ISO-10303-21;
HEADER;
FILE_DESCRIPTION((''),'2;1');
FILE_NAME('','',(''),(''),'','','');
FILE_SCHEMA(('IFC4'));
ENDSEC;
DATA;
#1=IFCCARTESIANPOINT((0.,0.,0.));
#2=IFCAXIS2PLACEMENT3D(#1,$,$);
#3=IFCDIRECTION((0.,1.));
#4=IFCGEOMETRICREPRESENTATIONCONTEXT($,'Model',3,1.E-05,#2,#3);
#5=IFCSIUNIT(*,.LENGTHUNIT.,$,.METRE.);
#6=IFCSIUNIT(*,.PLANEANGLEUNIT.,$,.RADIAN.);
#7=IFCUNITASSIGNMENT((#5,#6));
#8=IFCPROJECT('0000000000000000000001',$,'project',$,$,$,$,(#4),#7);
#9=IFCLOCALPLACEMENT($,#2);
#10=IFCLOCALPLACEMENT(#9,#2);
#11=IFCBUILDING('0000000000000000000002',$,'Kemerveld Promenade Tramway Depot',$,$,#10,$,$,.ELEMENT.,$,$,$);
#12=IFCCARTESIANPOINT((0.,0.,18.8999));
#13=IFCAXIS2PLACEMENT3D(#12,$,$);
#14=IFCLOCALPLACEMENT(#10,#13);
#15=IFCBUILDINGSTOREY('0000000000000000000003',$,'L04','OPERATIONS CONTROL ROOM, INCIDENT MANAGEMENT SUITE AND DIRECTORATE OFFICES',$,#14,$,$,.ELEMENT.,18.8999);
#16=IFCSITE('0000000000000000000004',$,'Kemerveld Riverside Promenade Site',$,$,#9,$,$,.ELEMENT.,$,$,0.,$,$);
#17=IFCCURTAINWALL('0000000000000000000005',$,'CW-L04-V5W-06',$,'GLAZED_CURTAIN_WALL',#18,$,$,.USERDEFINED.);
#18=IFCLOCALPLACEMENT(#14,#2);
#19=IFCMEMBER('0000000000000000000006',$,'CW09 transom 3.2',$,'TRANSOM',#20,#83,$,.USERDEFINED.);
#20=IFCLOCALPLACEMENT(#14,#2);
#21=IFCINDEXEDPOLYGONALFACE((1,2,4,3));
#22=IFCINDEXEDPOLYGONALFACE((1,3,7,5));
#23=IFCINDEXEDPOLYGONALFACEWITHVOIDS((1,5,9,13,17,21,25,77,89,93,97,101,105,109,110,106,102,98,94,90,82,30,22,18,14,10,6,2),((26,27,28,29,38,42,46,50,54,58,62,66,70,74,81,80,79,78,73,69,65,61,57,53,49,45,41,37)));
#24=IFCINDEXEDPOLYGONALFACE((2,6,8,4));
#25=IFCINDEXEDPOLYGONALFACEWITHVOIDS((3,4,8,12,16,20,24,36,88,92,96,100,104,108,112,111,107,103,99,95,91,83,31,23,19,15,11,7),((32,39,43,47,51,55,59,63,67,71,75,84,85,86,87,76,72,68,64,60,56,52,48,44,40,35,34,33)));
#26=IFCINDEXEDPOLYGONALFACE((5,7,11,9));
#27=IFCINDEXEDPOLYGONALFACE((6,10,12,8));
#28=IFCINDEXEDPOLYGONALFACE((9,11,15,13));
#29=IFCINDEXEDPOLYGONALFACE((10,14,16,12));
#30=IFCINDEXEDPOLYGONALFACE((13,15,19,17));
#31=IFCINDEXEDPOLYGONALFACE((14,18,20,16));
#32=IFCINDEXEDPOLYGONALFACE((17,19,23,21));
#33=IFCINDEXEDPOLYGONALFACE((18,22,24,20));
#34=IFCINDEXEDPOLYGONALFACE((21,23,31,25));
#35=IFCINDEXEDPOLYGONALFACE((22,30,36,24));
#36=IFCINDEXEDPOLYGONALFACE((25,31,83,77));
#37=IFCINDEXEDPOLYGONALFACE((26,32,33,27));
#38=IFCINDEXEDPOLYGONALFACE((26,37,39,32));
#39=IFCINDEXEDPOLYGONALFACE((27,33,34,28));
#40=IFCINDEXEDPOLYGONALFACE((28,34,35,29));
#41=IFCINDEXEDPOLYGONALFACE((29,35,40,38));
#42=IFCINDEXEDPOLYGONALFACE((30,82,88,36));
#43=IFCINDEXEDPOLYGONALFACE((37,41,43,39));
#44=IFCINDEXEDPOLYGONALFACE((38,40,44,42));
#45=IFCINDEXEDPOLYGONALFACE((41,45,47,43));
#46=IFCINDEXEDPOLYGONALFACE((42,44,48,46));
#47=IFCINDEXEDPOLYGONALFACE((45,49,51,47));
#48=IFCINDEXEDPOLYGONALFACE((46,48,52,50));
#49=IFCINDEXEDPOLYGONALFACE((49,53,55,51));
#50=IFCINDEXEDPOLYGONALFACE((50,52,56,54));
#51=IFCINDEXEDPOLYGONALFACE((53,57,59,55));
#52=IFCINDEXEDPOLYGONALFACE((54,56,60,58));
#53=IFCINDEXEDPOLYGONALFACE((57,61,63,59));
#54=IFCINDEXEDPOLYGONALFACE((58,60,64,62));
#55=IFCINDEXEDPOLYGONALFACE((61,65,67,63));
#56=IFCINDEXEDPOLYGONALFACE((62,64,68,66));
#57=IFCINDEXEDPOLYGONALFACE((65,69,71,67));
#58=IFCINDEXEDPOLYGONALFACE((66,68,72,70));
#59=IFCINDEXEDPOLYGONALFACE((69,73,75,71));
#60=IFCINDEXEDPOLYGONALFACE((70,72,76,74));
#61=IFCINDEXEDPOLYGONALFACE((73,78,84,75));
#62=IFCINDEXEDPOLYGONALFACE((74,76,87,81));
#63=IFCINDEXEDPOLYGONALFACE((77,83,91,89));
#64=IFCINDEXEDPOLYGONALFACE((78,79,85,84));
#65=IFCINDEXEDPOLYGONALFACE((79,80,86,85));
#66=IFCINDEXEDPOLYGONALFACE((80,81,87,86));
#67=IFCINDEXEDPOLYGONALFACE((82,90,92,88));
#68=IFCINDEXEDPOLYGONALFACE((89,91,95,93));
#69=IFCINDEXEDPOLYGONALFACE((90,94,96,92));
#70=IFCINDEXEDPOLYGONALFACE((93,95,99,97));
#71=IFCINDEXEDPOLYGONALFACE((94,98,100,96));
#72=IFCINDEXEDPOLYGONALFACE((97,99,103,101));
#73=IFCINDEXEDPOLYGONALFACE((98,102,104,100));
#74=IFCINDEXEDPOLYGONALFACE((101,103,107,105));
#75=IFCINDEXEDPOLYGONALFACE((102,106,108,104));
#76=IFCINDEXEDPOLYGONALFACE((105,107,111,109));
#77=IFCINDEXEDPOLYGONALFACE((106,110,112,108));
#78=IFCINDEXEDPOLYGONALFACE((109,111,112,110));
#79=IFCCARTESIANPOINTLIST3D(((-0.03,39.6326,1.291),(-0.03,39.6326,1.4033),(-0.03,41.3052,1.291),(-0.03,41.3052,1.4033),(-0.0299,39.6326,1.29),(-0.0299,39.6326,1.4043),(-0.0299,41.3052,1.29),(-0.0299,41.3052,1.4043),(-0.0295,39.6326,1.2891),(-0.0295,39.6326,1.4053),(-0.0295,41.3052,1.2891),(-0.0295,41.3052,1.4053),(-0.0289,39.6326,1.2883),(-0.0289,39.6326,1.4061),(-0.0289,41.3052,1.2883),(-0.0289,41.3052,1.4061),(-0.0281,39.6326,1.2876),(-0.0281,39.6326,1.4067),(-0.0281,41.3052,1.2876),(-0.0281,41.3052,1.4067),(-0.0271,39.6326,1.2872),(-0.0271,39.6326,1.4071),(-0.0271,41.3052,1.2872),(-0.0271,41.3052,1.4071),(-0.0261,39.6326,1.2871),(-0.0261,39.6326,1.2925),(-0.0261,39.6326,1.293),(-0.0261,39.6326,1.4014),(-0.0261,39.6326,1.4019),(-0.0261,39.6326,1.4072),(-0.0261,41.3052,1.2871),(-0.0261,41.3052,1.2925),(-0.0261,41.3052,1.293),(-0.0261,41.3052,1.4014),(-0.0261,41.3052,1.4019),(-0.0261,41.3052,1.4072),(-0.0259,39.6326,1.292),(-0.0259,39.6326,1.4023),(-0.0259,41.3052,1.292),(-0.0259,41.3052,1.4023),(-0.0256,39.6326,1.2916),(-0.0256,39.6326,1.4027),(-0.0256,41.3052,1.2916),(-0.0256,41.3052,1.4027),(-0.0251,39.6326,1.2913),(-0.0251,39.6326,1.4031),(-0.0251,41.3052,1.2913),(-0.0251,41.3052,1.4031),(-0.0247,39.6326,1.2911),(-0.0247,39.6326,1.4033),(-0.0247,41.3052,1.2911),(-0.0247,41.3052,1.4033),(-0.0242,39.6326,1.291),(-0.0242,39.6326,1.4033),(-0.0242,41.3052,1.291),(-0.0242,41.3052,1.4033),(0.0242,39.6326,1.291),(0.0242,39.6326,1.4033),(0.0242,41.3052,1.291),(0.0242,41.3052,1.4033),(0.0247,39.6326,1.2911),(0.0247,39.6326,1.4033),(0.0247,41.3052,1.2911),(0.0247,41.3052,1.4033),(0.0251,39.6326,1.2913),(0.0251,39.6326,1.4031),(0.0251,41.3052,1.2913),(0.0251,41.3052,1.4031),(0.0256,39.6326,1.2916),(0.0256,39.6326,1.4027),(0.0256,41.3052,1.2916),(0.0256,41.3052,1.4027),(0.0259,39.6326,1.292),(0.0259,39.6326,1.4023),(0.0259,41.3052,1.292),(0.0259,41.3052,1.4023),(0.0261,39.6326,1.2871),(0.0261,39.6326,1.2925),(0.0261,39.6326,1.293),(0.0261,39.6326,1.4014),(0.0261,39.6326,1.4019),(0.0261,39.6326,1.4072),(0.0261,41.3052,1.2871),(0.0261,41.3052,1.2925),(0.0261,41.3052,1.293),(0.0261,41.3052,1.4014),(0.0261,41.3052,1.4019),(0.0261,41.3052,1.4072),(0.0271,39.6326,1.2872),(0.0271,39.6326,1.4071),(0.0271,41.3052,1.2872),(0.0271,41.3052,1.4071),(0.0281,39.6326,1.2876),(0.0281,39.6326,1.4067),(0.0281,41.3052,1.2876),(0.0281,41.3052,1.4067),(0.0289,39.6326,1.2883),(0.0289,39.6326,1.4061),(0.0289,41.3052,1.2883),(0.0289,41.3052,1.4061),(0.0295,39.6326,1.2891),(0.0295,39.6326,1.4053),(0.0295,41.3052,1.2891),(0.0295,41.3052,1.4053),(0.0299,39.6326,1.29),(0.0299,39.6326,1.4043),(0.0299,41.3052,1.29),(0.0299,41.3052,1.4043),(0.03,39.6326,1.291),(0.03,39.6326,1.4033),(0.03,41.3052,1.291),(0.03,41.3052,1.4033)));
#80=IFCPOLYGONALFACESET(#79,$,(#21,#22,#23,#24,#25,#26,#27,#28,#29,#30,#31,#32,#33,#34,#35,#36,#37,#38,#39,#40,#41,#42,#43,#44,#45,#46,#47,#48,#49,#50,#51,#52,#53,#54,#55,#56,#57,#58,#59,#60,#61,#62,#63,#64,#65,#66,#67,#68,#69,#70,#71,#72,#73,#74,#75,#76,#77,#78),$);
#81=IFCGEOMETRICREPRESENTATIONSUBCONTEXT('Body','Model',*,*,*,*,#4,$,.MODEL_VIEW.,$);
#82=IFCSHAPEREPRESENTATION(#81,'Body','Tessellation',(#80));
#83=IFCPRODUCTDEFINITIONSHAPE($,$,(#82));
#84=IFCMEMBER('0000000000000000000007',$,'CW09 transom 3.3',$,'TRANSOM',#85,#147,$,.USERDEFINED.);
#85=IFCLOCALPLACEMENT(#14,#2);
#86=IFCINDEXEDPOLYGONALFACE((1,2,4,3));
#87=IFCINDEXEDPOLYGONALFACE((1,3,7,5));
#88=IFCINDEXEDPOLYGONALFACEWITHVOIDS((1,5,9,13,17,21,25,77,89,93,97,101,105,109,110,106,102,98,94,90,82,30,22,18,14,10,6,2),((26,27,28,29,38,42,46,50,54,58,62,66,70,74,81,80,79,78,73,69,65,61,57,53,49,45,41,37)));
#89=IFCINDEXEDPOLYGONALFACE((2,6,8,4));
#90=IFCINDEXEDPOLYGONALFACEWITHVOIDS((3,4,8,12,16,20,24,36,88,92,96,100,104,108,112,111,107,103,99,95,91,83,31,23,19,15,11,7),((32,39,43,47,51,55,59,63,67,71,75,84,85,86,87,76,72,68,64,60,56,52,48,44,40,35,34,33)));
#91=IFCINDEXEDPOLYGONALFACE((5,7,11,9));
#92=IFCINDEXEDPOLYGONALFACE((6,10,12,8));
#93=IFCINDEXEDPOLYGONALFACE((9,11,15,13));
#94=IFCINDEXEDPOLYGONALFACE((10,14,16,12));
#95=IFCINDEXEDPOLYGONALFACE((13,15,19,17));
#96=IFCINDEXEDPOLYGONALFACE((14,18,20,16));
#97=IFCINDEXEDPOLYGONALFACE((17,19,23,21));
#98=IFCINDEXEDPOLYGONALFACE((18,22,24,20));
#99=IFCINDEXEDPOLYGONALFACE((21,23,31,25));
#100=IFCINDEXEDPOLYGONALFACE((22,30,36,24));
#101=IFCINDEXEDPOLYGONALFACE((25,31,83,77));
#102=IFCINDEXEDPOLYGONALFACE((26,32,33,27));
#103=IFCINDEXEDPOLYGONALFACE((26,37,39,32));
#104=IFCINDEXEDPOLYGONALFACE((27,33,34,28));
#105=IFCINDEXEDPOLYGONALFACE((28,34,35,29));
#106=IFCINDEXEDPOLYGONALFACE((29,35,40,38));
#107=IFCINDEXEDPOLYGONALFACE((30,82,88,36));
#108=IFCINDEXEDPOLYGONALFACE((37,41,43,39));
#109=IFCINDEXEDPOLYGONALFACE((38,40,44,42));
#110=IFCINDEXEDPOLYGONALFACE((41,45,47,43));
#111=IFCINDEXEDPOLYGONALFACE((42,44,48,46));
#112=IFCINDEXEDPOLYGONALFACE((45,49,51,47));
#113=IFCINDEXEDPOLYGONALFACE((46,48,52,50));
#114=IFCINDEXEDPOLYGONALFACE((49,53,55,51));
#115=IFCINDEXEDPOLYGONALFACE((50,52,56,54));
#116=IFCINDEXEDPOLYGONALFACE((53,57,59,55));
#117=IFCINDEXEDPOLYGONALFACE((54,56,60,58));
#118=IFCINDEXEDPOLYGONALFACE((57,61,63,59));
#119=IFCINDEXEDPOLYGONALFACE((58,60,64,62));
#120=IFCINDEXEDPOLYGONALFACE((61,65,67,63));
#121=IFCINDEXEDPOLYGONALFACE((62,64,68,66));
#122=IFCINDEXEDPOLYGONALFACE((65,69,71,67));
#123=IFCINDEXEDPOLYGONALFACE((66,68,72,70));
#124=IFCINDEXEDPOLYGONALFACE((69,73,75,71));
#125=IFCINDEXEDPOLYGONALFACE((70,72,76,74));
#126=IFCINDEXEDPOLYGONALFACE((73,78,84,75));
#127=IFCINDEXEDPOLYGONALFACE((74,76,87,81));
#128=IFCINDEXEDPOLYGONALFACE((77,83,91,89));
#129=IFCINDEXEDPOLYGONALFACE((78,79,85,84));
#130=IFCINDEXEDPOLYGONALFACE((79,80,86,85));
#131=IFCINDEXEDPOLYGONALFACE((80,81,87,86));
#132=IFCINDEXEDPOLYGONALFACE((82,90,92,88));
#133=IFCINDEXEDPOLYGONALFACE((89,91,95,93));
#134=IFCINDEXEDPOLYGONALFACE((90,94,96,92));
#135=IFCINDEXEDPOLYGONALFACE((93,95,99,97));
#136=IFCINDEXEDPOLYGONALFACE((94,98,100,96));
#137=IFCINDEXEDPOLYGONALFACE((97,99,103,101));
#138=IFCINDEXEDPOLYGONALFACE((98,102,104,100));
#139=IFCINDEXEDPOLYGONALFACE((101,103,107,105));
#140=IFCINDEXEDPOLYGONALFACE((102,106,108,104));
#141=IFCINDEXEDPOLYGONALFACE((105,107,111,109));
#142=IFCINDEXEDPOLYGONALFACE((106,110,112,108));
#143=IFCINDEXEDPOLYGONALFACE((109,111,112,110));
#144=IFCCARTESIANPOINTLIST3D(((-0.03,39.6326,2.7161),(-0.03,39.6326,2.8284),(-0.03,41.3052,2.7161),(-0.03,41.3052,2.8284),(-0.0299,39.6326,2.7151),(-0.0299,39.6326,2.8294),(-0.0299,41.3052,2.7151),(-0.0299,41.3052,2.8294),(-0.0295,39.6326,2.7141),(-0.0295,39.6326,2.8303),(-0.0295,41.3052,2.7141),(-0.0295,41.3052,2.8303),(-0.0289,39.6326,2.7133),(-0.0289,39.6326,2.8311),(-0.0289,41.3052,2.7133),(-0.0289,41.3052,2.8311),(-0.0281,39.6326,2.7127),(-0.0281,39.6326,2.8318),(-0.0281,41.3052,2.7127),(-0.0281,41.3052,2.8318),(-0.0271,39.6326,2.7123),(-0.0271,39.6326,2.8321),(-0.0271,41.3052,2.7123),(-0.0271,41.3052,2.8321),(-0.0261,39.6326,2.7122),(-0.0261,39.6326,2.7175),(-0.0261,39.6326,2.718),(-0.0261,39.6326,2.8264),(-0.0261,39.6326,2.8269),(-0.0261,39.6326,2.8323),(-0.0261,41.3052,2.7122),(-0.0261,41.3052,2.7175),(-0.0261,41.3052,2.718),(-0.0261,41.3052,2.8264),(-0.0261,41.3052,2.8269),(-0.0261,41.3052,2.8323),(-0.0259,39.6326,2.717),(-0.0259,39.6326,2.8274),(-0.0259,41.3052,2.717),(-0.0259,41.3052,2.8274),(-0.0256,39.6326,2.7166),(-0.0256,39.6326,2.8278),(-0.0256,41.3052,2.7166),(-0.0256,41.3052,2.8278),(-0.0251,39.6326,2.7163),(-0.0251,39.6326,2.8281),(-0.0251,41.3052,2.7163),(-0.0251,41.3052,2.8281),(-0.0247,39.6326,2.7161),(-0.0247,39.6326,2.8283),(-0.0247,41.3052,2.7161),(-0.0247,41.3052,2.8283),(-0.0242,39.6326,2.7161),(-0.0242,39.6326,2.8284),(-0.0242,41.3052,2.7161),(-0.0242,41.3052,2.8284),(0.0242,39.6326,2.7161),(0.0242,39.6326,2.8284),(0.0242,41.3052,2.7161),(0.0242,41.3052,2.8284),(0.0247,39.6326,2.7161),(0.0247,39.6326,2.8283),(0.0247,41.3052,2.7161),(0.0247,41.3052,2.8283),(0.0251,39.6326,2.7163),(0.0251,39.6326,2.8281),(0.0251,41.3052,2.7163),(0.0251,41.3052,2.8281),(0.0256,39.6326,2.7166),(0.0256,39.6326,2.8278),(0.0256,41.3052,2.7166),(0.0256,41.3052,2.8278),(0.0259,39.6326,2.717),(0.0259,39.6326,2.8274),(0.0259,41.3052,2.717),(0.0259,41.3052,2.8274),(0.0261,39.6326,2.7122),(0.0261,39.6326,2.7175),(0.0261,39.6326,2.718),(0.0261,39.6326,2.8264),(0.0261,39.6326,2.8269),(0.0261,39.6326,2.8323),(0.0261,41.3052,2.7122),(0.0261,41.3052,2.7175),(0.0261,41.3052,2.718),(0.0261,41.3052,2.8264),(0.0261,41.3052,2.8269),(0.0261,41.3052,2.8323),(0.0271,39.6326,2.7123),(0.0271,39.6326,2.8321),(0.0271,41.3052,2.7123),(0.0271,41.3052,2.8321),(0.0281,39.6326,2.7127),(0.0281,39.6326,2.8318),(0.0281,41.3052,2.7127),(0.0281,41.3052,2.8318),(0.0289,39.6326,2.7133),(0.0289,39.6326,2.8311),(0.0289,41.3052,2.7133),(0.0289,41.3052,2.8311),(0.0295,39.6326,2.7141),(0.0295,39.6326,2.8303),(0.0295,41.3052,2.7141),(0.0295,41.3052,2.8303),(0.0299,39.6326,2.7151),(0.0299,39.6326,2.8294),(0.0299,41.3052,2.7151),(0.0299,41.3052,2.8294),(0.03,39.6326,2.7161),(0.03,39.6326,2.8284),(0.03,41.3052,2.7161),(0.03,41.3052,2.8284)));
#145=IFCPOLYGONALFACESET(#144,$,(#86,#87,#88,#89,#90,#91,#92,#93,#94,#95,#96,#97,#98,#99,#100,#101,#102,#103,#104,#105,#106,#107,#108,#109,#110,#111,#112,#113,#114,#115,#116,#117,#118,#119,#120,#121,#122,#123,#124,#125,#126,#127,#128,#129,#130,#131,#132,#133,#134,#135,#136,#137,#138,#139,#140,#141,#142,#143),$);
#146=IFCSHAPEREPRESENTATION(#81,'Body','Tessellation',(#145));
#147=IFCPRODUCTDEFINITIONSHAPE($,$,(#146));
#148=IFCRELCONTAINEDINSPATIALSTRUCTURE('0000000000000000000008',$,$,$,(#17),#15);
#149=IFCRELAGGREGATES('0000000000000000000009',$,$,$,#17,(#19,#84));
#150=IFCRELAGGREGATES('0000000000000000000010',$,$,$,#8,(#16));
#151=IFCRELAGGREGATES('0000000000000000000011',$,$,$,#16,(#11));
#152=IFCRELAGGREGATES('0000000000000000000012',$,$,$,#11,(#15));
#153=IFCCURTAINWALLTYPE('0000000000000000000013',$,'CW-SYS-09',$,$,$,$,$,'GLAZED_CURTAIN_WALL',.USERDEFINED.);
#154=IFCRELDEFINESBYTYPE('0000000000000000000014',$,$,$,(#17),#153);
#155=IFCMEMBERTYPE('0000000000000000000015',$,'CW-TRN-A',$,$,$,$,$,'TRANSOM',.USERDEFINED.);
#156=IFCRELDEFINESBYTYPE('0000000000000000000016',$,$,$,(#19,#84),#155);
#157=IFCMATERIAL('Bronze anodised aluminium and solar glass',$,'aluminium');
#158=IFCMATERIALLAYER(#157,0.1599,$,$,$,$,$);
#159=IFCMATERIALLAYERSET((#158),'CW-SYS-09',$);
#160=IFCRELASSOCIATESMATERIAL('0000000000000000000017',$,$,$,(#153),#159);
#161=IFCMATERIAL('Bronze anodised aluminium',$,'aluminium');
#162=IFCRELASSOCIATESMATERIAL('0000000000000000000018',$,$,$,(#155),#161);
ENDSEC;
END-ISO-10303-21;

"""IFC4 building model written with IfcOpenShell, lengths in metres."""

from ifc_helpers import new_model, si_unit, direction, frame, origin, origin_2d, place, context, subcontext, project, spatial, hollow_rectangle, extrude, material, layer, layer_set, material_profile, profile_set, type_object, element, aggregate, save


model = new_model("IFC4")

# Units and contexts
model_context = context("Model", 3, precision=1e-05, world=origin(), true_north=direction((0.0, 1.0)))
body_context = subcontext(model_context, "Body", "Model", "MODEL_VIEW")
ifc_project = project(units=[si_unit("LENGTHUNIT", "METRE"), si_unit("PLANEANGLEUNIT", "RADIAN")], contexts=[model_context])

# Site, building, storey
site_placement = place(None, origin())
site = spatial("IfcSite", under=ifc_project, at=site_placement, Name="Kemerveld Riverside Promenade Site", CompositionType="ELEMENT", RefElevation=0.0)
building_placement = place(site_placement, origin())
building = spatial("IfcBuilding", under=site, at=building_placement, Name="Kemerveld Promenade Tramway Depot", CompositionType="ELEMENT")
storey_placement = place(building_placement, frame((0.0, 0.0, 18.8999)))
storey = spatial("IfcBuildingStorey", under=building, at=storey_placement, Name="L04", Description="OPERATIONS CONTROL ROOM, INCIDENT MANAGEMENT SUITE AND DIRECTORATE OFFICES", CompositionType="ELEMENT", Elevation=18.8999)

# Curtain wall, members
ifc_material_1 = material(Name="Bronze anodised aluminium and solar glass", Category="aluminium")
ifc_layer_1 = layer(ifc_material_1, 0.1599)
ifc_layer_set_1 = layer_set([ifc_layer_1], Name="CW-SYS-09")
curtain_wall_type = type_object("IfcCurtainWallType", Name="CW-SYS-09", ElementType="GLAZED_CURTAIN_WALL", PredefinedType="USERDEFINED", material=ifc_layer_set_1)
curtain_wall_placement = place(storey_placement, origin())
curtain_wall = element("IfcCurtainWall", 1, at=curtain_wall_placement, inside=storey, type_object=curtain_wall_type, Name="CW-L04-V5W-06", ObjectType="GLAZED_CURTAIN_WALL", PredefinedType="USERDEFINED")
ifc_material_2 = material(Name="Bronze anodised aluminium", Category="aluminium")
ifc_material_profile_1 = material_profile(ifc_material_2, hollow_rectangle(XDim=0.0601, YDim=0.1201, WallThickness=0.0039, InnerFilletRadius=0.002, OuterFilletRadius=0.0039, at=origin_2d()), Name="CW-TRN-120x60")
ifc_profile_set_1 = profile_set([ifc_material_profile_1], Name="Bronze anodised aluminium")
member_type_1 = type_object("IfcMemberType", Name="CW-TRN-A", ElementType="TRANSOM", PredefinedType="USERDEFINED", material=ifc_profile_set_1)
member_1_placement = place(storey_placement, frame((0.0, 39.6326, 1.3472), z_axis=(0.0, 1.0, 0.0), x_axis=(-1.0, 0.0, 0.0)))
member_1 = element("IfcMember", 2, at=member_1_placement, type_object=member_type_1, Name="CW09 transom 3.2", ObjectType="TRANSOM", PredefinedType="USERDEFINED", context=body_context, shape_type="SweptSolid", body=[
    extrude(hollow_rectangle(XDim=0.0601, YDim=0.1201, WallThickness=0.0039, InnerFilletRadius=0.002, OuterFilletRadius=0.0039, at=origin_2d()), origin(), (0.0, 0.0, 1.0), 1.6726),
])
member_2_placement = place(storey_placement, frame((0.0, 39.6326, 2.7722), z_axis=(0.0, 1.0, 0.0), x_axis=(-1.0, 0.0, 0.0)))
member_2 = element("IfcMember", 3, at=member_2_placement, type_object=member_type_1, Name="CW09 transom 3.3", ObjectType="TRANSOM", PredefinedType="USERDEFINED", context=body_context, shape_type="SweptSolid", body=[
    extrude(hollow_rectangle(XDim=0.0601, YDim=0.1201, WallThickness=0.0039, InnerFilletRadius=0.002, OuterFilletRadius=0.0039, at=origin_2d()), origin(), (0.0, 0.0, 1.0), 1.6726),
])
aggregate(curtain_wall, [member_1, member_2])

save(model, "model.ifc")
